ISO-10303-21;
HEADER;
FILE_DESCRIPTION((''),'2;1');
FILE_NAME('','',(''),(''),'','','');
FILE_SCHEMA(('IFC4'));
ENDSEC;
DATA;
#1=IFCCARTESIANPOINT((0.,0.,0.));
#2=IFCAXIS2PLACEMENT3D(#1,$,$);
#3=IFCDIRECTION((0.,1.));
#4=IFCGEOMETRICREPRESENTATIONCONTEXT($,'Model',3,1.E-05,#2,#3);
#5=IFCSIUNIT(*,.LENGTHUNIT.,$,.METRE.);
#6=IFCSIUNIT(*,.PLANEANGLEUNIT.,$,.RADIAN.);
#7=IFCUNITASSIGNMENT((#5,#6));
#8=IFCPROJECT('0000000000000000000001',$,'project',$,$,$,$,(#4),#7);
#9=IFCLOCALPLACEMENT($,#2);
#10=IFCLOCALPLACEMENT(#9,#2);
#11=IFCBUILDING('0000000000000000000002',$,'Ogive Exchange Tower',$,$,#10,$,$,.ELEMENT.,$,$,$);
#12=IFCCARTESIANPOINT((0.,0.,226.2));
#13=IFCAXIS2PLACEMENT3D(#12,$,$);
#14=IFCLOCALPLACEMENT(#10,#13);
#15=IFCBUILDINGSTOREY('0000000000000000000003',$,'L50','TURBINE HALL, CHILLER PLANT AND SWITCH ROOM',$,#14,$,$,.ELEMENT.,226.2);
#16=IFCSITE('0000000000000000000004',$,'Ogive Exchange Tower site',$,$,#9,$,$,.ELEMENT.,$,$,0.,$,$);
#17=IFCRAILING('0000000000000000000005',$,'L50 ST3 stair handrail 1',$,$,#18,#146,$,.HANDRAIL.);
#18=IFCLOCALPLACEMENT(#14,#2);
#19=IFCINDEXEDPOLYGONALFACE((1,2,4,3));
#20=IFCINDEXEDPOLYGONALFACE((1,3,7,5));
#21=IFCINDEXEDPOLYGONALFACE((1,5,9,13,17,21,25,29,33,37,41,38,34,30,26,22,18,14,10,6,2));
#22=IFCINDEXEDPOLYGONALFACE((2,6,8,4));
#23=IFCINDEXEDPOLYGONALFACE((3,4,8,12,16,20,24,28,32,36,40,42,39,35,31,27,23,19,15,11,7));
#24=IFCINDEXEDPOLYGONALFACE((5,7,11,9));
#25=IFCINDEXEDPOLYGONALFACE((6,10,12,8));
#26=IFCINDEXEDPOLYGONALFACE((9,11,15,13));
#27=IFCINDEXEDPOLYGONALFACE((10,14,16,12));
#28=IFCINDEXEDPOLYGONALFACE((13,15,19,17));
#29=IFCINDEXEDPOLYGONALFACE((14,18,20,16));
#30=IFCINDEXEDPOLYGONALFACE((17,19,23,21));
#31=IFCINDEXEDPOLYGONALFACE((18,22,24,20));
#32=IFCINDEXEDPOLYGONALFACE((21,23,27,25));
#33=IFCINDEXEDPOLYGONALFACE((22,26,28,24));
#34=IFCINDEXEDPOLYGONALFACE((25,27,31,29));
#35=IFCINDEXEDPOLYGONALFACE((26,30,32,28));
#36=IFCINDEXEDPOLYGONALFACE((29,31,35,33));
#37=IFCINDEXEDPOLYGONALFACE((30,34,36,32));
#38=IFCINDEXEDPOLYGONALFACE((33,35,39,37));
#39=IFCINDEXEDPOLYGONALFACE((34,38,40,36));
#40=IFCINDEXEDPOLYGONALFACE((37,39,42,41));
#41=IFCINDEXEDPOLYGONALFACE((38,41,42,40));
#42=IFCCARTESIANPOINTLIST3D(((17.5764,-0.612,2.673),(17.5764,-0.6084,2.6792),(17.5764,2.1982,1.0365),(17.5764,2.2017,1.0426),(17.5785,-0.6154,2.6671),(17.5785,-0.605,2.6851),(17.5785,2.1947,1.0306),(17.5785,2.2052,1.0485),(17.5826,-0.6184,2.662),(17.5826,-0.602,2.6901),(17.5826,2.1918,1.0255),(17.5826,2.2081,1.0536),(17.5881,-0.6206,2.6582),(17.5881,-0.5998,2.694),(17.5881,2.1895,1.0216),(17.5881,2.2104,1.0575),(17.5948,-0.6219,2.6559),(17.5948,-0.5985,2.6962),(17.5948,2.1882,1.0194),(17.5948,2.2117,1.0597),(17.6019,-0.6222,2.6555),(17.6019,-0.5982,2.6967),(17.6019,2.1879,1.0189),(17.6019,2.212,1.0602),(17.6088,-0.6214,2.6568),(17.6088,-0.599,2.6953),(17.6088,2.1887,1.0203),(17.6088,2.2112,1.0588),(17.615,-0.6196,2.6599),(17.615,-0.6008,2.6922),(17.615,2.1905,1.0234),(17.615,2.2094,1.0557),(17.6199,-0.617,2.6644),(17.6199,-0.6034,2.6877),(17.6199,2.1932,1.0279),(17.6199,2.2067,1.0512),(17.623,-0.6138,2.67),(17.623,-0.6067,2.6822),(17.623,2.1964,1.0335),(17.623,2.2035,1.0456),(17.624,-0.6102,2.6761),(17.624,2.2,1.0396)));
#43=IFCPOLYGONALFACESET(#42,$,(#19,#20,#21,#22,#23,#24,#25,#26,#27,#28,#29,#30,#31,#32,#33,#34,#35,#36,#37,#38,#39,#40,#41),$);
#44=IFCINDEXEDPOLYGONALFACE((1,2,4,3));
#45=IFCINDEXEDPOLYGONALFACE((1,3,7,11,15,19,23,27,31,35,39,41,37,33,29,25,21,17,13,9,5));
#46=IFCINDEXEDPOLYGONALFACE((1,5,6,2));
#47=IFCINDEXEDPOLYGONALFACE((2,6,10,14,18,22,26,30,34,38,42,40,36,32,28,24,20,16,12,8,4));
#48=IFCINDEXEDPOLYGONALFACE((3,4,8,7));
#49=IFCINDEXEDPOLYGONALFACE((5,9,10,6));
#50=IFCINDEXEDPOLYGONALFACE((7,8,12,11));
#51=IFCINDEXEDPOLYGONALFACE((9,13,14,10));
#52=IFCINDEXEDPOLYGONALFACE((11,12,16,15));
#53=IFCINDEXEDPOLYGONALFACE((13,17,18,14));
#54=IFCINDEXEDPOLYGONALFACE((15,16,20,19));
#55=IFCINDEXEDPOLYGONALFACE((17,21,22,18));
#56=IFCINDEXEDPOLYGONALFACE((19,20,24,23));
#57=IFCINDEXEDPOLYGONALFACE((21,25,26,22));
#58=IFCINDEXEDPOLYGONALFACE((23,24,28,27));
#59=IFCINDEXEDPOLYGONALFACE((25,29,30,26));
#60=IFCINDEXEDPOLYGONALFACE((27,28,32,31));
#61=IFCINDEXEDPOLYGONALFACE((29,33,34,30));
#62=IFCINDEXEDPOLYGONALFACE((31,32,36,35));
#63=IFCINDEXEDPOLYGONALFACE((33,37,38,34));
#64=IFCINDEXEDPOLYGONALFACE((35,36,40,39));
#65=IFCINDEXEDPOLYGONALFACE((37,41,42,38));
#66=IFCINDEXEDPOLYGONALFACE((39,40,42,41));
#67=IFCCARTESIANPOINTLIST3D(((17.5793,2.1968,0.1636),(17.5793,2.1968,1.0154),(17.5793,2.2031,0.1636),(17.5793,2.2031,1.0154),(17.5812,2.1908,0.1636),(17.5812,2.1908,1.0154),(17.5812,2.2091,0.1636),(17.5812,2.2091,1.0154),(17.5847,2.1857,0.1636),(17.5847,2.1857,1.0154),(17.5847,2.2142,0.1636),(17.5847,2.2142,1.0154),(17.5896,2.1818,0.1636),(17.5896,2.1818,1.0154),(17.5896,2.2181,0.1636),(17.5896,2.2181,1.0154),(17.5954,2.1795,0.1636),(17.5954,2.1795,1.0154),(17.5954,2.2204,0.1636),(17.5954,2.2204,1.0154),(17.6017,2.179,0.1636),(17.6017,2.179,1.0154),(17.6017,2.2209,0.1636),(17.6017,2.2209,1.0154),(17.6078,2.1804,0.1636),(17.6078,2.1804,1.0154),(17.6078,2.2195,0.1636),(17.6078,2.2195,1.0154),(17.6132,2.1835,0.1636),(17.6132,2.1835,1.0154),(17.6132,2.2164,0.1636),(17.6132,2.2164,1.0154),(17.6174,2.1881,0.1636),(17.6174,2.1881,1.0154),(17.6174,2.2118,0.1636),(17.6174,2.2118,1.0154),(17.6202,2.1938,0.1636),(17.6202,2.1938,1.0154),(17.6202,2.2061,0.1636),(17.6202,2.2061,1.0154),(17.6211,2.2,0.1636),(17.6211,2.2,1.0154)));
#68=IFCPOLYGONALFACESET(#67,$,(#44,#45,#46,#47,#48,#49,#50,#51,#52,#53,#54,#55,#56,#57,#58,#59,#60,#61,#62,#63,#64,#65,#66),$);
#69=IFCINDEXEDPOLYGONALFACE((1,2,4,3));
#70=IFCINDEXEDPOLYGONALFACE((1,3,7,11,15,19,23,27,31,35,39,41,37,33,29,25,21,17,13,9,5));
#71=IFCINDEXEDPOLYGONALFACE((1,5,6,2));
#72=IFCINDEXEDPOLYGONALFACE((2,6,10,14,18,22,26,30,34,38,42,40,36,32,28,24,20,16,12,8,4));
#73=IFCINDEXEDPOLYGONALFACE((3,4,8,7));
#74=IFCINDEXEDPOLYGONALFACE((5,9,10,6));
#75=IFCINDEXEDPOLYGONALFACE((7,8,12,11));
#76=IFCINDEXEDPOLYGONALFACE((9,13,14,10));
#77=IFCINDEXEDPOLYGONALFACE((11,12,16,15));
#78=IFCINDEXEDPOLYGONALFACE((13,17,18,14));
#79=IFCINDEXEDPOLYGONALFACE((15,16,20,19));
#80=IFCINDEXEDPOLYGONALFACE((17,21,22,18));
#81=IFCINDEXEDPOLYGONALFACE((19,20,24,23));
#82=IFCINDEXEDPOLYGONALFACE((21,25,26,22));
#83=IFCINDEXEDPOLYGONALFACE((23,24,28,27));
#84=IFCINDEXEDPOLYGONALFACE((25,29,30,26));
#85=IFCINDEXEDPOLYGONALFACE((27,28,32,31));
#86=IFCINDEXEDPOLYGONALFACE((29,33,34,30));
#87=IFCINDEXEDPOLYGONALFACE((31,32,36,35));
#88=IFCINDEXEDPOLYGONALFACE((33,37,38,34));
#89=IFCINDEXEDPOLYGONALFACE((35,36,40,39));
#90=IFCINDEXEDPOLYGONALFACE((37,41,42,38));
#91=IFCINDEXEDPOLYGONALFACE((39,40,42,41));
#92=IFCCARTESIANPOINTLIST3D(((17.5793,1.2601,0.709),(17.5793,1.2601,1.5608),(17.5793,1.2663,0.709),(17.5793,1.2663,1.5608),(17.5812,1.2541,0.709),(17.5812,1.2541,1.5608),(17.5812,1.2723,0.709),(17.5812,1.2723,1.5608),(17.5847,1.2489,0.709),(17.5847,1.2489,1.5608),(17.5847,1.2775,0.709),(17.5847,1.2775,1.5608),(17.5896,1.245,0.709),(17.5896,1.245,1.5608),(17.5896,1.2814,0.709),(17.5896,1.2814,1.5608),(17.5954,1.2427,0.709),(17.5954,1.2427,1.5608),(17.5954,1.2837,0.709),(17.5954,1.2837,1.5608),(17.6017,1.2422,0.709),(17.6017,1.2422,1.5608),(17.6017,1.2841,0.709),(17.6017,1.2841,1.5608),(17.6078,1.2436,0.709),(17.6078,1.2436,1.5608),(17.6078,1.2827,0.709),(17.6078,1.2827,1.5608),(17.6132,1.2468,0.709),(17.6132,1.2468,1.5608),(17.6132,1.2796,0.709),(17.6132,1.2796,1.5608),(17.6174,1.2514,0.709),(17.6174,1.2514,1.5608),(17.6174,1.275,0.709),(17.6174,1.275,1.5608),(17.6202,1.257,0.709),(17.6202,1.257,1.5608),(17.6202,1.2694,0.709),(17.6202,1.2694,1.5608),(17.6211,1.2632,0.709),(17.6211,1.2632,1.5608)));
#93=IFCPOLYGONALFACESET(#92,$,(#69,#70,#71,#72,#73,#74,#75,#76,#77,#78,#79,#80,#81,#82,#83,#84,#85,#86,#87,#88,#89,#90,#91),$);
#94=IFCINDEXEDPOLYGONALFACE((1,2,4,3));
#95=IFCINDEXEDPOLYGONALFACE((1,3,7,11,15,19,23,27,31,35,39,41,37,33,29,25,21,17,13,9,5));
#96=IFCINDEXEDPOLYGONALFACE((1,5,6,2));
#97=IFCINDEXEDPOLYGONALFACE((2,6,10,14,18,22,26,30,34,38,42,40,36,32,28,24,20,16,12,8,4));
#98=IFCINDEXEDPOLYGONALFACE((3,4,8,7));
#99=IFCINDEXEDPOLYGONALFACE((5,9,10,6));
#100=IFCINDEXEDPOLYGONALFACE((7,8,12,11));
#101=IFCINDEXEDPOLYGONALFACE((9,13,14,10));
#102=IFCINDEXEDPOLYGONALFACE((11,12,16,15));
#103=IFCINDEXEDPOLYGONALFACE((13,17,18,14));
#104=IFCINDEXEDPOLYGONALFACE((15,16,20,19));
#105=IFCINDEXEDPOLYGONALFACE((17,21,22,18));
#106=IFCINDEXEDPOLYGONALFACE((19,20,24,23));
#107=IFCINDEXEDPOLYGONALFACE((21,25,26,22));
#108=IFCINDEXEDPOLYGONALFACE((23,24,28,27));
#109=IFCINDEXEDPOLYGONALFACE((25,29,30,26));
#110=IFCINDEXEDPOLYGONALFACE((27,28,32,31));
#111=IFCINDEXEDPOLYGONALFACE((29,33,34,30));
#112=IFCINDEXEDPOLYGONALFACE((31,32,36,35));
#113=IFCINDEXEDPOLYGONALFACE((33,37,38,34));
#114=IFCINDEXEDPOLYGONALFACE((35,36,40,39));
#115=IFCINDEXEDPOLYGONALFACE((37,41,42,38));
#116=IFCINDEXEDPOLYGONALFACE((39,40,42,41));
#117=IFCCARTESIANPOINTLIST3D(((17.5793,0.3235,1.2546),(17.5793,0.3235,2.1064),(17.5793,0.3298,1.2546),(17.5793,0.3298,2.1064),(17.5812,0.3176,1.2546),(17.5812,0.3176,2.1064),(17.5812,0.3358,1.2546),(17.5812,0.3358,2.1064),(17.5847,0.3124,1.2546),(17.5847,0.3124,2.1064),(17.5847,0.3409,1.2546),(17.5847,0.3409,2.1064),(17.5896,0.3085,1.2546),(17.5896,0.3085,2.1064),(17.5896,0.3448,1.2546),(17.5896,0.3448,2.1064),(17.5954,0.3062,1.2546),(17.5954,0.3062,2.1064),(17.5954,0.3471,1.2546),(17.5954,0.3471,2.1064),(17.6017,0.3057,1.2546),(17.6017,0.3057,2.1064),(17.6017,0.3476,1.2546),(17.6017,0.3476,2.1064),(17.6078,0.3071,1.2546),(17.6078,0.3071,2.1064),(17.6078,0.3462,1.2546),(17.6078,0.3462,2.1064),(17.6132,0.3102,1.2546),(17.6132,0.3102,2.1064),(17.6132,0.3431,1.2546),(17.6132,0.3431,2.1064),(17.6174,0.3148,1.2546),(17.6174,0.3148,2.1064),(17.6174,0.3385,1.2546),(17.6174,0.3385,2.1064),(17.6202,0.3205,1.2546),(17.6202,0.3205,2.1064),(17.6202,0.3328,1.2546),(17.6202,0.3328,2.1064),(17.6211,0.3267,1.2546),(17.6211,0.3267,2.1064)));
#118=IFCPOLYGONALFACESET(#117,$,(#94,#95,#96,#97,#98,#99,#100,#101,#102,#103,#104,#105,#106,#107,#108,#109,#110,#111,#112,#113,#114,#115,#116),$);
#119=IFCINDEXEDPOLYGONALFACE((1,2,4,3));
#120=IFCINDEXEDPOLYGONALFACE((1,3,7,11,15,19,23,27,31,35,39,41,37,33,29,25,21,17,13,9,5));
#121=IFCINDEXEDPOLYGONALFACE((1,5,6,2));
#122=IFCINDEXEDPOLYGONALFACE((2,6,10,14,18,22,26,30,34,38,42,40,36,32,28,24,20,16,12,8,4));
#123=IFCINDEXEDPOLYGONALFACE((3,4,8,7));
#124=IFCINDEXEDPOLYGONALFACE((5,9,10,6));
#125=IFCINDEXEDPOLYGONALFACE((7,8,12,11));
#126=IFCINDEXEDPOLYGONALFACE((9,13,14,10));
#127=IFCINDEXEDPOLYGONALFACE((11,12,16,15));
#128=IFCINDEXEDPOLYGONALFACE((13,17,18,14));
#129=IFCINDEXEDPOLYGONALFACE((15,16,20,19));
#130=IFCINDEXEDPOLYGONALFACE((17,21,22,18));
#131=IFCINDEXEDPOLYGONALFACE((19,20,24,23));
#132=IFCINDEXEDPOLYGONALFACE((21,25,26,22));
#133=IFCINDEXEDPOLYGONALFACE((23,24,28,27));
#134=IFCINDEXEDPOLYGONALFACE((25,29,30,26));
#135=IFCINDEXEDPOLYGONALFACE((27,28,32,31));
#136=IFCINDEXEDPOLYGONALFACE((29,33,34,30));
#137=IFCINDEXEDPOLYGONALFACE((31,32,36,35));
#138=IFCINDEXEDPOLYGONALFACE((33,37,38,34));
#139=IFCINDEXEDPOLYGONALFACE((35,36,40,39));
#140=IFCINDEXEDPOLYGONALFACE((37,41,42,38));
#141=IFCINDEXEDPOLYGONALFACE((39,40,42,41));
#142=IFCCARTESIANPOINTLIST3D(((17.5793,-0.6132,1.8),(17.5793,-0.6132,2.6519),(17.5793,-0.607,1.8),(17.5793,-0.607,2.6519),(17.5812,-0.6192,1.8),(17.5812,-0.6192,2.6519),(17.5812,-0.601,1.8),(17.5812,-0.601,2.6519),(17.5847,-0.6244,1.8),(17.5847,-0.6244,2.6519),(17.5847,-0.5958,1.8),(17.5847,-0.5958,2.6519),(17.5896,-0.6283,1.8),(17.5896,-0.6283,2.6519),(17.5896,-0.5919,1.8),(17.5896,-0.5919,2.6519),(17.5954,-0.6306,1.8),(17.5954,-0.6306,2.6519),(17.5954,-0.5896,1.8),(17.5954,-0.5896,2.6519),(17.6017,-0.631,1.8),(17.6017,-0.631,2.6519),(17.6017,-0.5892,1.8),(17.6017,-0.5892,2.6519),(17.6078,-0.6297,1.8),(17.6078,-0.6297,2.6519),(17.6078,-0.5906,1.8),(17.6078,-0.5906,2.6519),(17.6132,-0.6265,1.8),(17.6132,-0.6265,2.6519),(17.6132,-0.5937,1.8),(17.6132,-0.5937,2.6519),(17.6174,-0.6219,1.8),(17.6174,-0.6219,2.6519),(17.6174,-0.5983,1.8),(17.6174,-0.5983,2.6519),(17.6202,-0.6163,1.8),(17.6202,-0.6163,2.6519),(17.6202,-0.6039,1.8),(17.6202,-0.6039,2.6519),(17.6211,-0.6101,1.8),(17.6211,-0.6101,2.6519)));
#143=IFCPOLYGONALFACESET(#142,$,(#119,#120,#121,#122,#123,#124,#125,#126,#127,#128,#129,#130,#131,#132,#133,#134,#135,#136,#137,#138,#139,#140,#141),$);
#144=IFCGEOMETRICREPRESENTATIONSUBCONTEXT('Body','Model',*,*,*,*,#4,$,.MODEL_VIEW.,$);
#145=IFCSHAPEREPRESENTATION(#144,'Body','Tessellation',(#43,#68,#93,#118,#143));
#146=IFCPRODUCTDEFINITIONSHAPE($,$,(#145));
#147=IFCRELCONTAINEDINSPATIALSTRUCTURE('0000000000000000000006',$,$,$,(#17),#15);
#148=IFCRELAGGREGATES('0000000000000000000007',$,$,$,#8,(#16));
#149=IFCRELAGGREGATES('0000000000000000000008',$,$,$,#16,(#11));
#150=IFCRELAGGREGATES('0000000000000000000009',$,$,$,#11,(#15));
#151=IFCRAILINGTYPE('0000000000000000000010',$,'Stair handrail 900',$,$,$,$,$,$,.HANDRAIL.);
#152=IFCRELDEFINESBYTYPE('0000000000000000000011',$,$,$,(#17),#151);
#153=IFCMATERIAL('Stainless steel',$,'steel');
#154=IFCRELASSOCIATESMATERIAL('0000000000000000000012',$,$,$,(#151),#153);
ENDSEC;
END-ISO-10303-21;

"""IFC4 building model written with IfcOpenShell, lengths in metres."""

from ifc_helpers import new_model, si_unit, direction, frame, origin, origin_2d, place, context, subcontext, project, spatial, circle, extrude, material, type_object, element, save


model = new_model("IFC4")

# Units and contexts
model_context = context("Model", 3, precision=1e-05, world=origin(), true_north=direction((0.0, 1.0)))
body_context = subcontext(model_context, "Body", "Model", "MODEL_VIEW")
ifc_project = project(units=[si_unit("LENGTHUNIT", "METRE"), si_unit("PLANEANGLEUNIT", "RADIAN")], contexts=[model_context])

# Site, building, storey
site_placement = place(None, origin())
site = spatial("IfcSite", under=ifc_project, at=site_placement, Name="Ogive Exchange Tower site", CompositionType="ELEMENT", RefElevation=0.0)
building_placement = place(site_placement, origin())
building = spatial("IfcBuilding", under=site, at=building_placement, Name="Ogive Exchange Tower", CompositionType="ELEMENT")
storey_placement = place(building_placement, frame((0.0, 0.0, 226.2)))
storey = spatial("IfcBuildingStorey", under=building, at=storey_placement, Name="L50", Description="TURBINE HALL, CHILLER PLANT AND SWITCH ROOM", CompositionType="ELEMENT", Elevation=226.2)

# Shared definitions
ifc_material_1 = material(Name="Stainless steel", Category="steel")

# Railing
railing_type = type_object("IfcRailingType", Name="Stair handrail 900", PredefinedType="HANDRAIL", material=ifc_material_1)
for number, where, name in (
    (1, (17.6001, 2.2, 0.1636), "L50 ST3 stair handrail 1"),
):
    element("IfcRailing", number, at=place(storey_placement, frame(where)), inside=storey, type_object=railing_type, Name=name, PredefinedType="HANDRAIL", context=body_context, shape_type="SweptSolid", body=[
        extrude(circle(Radius=0.0239, at=origin_2d()), frame((0.0, 0.0, 0.876), z_axis=(0.0, -0.864144, 0.503245), x_axis=(1.0, 0.0, 0.0)), (0.0, 0.0, 1.0), 3.252),
        extrude(circle(Radius=0.021, at=origin_2d()), origin(), (0.0, 0.0, 1.0), 0.8518),
        extrude(circle(Radius=0.021, at=origin_2d()), frame((0.0, -0.9368, 0.5454)), (0.0, 0.0, 1.0), 0.8518),
        extrude(circle(Radius=0.021, at=origin_2d()), frame((0.0, -1.8733, 1.0911)), (0.0, 0.0, 1.0), 0.8518),
        extrude(circle(Radius=0.021, at=origin_2d()), frame((0.0, -2.8101, 1.6365)), (0.0, 0.0, 1.0), 0.8518),
    ])

save(model, "model.ifc")
